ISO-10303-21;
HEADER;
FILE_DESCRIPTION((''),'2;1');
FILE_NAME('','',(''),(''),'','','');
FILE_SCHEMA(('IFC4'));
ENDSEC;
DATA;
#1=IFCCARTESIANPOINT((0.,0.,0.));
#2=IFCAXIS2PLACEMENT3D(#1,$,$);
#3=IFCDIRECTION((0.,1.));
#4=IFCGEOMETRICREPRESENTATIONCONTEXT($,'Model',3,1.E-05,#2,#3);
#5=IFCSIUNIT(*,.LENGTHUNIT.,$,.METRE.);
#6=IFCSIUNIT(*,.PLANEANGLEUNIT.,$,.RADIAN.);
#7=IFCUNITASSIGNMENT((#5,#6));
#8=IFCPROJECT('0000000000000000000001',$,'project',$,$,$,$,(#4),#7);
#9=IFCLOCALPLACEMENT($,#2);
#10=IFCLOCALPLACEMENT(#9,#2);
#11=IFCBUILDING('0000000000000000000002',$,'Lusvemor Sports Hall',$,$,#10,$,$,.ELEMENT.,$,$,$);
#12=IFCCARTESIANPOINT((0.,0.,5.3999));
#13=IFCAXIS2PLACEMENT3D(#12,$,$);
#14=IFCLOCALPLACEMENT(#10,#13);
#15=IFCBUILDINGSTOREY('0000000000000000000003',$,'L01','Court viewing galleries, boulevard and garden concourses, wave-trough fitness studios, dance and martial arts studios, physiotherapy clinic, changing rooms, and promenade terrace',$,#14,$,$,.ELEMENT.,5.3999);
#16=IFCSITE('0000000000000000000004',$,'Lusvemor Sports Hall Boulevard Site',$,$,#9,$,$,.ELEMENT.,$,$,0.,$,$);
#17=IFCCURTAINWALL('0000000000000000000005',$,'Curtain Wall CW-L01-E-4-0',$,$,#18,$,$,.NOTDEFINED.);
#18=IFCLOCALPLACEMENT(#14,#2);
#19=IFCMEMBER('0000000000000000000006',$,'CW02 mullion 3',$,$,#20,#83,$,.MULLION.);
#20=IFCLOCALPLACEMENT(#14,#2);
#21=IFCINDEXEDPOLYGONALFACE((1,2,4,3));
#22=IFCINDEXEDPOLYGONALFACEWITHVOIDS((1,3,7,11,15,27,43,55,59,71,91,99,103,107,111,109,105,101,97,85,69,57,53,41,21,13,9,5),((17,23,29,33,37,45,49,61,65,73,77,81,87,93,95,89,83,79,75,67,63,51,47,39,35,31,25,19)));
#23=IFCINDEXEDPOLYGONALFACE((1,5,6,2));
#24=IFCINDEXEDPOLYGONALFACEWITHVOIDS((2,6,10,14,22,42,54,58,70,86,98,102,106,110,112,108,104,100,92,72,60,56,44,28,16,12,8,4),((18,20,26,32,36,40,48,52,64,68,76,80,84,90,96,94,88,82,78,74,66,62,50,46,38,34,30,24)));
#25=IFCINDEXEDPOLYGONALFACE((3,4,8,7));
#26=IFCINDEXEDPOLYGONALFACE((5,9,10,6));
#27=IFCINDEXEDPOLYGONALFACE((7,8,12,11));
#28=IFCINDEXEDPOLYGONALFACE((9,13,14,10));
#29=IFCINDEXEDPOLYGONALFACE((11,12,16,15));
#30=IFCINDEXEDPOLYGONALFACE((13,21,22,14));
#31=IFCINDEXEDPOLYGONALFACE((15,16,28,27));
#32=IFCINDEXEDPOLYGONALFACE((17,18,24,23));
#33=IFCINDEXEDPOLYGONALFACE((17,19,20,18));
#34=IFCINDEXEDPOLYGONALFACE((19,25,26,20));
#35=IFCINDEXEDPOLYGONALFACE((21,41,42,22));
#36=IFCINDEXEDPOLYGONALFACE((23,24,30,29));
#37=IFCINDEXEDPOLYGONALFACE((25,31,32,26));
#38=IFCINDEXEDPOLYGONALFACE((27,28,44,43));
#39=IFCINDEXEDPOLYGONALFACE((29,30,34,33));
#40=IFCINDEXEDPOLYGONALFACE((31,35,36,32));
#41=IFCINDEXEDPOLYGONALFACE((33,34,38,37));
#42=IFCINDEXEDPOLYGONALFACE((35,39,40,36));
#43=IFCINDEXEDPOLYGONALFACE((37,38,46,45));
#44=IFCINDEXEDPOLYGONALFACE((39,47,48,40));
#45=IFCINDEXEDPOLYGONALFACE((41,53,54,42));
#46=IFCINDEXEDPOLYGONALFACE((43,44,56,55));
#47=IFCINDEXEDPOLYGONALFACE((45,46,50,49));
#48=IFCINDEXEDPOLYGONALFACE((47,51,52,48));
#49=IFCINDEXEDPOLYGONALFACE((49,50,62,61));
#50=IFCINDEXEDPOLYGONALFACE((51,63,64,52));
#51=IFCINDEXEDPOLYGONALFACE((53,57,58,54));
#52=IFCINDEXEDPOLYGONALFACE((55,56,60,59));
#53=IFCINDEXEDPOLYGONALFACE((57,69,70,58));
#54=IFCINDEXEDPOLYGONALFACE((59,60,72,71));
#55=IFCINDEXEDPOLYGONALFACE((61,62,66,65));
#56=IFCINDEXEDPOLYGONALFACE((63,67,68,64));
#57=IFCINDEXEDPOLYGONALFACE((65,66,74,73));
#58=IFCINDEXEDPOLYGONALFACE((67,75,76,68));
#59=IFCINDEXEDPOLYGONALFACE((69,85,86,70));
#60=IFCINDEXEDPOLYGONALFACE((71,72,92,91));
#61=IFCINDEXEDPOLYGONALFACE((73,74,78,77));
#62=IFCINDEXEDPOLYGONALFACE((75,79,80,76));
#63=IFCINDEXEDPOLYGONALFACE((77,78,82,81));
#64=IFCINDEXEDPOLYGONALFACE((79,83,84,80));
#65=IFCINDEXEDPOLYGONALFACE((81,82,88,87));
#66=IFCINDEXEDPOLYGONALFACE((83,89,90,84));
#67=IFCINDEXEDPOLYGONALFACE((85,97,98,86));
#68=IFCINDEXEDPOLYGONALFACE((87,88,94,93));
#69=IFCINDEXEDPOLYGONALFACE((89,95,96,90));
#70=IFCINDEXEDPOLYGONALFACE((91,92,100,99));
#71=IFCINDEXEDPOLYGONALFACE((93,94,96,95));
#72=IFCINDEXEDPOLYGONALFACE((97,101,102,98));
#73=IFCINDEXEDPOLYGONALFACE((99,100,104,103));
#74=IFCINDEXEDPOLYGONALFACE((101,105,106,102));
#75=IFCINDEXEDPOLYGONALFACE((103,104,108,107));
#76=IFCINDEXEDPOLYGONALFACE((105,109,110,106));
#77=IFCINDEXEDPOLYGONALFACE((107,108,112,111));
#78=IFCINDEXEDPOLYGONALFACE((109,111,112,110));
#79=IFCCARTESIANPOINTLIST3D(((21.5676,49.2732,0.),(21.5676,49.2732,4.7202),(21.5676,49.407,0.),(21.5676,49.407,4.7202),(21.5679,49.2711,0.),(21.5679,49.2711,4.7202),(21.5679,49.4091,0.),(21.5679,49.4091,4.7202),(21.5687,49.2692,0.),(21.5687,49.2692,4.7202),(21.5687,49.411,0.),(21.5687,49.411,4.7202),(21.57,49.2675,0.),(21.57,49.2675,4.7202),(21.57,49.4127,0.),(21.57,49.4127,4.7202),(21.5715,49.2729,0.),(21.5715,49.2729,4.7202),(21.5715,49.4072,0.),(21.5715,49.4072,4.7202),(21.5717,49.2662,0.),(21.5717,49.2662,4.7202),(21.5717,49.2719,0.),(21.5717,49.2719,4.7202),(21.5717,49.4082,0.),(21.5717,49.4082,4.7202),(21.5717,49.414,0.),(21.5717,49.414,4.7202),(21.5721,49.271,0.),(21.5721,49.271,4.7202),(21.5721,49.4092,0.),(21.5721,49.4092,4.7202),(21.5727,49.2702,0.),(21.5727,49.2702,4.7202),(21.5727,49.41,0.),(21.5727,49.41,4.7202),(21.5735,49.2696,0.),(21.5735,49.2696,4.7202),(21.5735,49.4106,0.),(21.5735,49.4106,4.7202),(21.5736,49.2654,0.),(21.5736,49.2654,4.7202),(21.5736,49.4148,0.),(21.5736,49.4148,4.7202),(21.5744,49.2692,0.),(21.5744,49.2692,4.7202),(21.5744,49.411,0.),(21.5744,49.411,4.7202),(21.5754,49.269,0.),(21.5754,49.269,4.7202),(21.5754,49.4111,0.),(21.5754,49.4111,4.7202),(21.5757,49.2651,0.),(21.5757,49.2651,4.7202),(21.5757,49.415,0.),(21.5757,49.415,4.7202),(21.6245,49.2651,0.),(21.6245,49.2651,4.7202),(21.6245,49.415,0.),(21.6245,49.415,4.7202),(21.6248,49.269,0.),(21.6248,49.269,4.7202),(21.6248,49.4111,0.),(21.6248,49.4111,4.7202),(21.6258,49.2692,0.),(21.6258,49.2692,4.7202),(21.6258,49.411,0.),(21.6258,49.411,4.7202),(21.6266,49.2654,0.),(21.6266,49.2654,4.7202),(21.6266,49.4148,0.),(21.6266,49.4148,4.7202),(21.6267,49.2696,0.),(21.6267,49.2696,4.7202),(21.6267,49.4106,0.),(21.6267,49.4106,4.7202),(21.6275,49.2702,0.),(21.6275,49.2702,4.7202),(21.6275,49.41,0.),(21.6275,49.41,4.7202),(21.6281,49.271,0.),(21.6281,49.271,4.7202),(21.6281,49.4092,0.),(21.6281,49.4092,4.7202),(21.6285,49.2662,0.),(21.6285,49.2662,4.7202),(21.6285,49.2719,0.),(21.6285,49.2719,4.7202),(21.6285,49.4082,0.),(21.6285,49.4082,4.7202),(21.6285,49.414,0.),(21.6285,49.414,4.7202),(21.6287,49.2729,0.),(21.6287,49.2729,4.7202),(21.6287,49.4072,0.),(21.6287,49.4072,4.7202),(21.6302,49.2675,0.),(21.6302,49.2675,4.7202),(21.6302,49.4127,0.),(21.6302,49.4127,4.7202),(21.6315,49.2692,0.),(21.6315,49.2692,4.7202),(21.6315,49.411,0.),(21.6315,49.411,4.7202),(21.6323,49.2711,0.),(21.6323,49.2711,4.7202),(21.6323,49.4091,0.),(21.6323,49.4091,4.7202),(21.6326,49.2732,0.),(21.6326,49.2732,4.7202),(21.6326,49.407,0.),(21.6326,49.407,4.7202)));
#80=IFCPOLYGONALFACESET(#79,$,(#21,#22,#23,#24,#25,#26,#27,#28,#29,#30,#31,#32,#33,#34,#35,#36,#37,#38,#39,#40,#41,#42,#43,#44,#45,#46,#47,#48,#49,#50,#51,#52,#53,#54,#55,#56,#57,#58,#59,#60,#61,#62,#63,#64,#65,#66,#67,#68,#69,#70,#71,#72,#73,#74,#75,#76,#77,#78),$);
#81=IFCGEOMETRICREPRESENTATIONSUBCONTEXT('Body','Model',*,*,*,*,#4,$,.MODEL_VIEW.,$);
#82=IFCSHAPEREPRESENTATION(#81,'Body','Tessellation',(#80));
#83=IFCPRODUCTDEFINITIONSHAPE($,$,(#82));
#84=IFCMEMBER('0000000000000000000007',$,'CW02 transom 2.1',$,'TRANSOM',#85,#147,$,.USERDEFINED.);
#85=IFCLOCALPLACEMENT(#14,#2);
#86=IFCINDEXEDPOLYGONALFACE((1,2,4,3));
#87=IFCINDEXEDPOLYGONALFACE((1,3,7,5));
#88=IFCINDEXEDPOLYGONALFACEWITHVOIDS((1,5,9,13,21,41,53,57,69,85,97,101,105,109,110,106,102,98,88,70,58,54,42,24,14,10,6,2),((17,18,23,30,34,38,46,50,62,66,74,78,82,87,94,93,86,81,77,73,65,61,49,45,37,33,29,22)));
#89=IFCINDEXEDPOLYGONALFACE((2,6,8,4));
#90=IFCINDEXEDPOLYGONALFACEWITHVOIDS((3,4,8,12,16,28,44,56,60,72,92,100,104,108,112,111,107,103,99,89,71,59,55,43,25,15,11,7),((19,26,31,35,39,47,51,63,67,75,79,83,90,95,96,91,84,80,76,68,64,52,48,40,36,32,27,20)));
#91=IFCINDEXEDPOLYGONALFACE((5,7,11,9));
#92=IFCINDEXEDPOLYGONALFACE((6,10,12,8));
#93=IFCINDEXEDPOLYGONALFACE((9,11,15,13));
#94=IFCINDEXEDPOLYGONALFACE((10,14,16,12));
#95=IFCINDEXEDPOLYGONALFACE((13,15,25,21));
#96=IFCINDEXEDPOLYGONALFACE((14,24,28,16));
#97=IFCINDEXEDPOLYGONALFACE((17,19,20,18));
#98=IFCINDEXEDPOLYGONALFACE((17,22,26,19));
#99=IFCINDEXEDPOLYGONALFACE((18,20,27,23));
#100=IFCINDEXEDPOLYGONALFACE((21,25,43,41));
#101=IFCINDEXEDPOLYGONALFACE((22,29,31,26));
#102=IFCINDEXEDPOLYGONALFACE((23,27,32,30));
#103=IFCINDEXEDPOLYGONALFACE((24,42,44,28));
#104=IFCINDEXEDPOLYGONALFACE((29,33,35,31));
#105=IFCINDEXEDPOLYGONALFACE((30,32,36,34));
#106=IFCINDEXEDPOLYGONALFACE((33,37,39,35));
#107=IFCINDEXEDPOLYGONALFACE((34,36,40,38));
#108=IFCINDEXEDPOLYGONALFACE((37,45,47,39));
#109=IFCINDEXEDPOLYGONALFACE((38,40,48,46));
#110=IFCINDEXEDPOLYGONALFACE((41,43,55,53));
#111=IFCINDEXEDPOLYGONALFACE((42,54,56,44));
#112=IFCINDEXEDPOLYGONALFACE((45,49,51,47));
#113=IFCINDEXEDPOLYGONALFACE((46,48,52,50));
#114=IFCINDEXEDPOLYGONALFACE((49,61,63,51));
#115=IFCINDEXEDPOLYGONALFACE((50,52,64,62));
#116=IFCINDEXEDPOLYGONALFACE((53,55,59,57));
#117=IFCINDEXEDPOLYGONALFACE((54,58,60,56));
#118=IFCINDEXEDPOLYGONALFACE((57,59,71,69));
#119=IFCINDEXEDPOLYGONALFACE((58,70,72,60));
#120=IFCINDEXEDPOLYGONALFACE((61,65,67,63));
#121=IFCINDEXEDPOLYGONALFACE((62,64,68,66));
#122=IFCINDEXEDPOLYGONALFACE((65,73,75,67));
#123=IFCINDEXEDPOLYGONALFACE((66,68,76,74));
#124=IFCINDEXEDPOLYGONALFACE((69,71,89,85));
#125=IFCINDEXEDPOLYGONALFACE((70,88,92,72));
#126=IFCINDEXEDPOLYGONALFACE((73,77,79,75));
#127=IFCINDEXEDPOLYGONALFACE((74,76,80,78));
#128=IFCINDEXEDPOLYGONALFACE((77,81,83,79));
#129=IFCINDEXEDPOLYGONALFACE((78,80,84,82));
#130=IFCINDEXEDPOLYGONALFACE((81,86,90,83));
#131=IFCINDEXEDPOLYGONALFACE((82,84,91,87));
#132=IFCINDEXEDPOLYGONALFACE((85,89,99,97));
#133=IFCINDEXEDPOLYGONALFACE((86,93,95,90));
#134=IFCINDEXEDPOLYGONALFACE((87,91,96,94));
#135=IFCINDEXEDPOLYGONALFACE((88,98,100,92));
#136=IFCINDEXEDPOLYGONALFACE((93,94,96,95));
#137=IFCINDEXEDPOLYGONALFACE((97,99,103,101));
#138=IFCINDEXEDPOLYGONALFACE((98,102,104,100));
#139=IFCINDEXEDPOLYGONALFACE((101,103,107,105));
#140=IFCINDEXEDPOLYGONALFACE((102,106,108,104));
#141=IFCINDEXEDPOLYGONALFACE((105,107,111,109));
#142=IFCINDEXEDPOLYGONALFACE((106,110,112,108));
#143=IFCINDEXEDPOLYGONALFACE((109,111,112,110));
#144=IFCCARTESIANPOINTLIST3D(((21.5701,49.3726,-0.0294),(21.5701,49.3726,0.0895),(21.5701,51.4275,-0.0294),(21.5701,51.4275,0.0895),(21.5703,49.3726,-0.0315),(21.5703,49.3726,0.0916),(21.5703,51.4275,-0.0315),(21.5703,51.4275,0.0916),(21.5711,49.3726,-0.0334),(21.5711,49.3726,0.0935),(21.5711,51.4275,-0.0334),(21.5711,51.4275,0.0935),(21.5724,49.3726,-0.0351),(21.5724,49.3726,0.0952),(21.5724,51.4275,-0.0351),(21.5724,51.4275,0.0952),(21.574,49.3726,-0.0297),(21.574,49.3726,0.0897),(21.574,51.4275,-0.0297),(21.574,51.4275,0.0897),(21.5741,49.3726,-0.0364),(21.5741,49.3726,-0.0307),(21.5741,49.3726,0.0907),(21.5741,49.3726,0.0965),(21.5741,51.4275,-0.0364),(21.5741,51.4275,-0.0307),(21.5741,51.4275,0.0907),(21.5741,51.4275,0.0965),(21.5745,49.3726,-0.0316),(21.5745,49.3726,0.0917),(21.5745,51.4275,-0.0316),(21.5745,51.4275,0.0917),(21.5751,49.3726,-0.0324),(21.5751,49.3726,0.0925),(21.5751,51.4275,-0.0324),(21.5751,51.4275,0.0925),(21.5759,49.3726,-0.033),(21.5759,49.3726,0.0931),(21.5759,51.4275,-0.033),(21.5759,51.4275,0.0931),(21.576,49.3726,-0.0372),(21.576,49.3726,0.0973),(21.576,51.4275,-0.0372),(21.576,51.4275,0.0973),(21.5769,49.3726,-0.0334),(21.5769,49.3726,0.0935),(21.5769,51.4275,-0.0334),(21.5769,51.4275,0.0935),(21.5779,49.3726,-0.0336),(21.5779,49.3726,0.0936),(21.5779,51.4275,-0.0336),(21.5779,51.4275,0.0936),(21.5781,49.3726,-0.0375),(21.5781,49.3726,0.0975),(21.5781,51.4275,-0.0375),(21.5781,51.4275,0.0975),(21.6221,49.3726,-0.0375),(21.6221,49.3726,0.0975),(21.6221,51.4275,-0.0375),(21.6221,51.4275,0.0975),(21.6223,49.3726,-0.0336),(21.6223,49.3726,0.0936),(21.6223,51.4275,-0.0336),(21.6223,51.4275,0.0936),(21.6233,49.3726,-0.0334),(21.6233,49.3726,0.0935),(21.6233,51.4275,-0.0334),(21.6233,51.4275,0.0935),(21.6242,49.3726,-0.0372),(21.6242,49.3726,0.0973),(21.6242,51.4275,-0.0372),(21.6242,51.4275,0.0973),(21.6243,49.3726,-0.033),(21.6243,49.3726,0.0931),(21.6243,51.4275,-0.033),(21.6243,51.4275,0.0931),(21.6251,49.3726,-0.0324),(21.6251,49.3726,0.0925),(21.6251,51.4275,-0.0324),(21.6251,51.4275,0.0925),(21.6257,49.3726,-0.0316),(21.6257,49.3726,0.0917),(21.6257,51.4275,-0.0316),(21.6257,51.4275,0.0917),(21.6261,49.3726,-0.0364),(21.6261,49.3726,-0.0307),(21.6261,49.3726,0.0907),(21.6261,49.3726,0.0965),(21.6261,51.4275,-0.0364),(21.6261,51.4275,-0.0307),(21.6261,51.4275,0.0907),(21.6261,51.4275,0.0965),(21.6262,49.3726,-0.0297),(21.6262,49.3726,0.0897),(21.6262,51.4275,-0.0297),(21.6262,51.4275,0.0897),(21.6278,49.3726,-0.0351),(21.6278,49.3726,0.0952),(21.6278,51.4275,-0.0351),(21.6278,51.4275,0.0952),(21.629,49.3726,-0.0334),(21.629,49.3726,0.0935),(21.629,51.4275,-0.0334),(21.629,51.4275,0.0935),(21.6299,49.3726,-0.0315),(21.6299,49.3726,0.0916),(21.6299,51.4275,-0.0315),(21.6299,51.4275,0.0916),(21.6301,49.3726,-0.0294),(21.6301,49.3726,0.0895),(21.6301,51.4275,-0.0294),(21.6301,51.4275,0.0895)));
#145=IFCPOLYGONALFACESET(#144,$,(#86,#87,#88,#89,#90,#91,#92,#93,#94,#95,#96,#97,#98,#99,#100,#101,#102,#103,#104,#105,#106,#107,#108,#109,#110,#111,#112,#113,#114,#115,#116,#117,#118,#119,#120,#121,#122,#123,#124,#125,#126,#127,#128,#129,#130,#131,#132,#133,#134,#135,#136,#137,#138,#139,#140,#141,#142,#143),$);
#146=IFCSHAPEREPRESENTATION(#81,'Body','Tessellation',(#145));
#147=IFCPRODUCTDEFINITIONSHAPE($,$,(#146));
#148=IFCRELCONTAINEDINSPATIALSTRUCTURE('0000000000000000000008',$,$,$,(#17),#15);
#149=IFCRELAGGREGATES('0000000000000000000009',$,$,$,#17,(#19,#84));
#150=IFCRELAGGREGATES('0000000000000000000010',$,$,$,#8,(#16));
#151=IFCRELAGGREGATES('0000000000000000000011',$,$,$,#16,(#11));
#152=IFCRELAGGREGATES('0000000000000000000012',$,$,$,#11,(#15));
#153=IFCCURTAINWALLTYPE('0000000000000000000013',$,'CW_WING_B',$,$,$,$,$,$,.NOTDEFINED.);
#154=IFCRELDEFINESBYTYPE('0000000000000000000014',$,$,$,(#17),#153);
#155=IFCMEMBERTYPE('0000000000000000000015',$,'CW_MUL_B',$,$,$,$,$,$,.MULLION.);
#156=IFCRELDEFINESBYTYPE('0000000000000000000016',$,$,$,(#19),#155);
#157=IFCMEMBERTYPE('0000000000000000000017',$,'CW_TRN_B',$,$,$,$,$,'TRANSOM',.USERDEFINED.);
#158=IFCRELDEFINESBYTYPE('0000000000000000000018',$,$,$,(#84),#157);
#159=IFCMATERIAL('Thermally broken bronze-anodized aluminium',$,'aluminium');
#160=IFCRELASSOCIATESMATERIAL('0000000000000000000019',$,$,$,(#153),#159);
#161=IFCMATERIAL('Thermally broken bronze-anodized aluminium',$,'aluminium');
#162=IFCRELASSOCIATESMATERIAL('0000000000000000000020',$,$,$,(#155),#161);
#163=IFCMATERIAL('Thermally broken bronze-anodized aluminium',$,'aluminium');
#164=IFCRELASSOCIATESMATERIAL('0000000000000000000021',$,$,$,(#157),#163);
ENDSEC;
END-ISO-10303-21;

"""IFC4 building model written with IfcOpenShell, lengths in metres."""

from ifc_helpers import new_model, si_unit, direction, frame, origin, origin_2d, place, context, subcontext, project, spatial, hollow_rectangle, extrude, material, material_profile, profile_set, type_object, element, aggregate, save


model = new_model("IFC4")

# Units and contexts
model_context = context("Model", 3, precision=1e-05, world=origin(), true_north=direction((0.0, 1.0)))
body_context = subcontext(model_context, "Body", "Model", "MODEL_VIEW")
ifc_project = project(units=[si_unit("LENGTHUNIT", "METRE"), si_unit("PLANEANGLEUNIT", "RADIAN")], contexts=[model_context])

# Site, building, storey
site_placement = place(None, origin())
site = spatial("IfcSite", under=ifc_project, at=site_placement, Name="Lusvemor Sports Hall Boulevard Site", CompositionType="ELEMENT", RefElevation=0.0)
building_placement = place(site_placement, origin())
building = spatial("IfcBuilding", under=site, at=building_placement, Name="Lusvemor Sports Hall", CompositionType="ELEMENT")
storey_placement = place(building_placement, frame((0.0, 0.0, 5.3999)))
storey = spatial("IfcBuildingStorey", under=building, at=storey_placement, Name="L01", Description="Court viewing galleries, boulevard and garden concourses, wave-trough fitness studios, dance and martial arts studios, physiotherapy clinic, changing rooms, and promenade terrace", CompositionType="ELEMENT", Elevation=5.3999)

# Shared definitions
ifc_material_1 = material(Name="Thermally broken bronze-anodized aluminium", Category="aluminium")
curtain_wall_type = type_object("IfcCurtainWallType", Name="CW_WING_B", PredefinedType="NOTDEFINED", material=ifc_material_1)
ifc_material_2 = material(Name="Thermally broken bronze-anodized aluminium", Category="aluminium")
ifc_material_profile_1 = material_profile(ifc_material_2, hollow_rectangle(XDim=0.0649, YDim=0.1499, WallThickness=0.0039, InnerFilletRadius=0.0039, OuterFilletRadius=0.0081, at=origin_2d()), Name="CWMUL150x65x4")
ifc_profile_set_1 = profile_set([ifc_material_profile_1], Name="Thermally broken bronze-anodized aluminium")
member_type_1 = type_object("IfcMemberType", Name="CW_MUL_B", PredefinedType="MULLION", material=ifc_profile_set_1)

# Curtain wall, members
curtain_wall_1_placement = place(storey_placement, origin())
curtain_wall_1 = element("IfcCurtainWall", 1, at=curtain_wall_1_placement, inside=storey, type_object=curtain_wall_type, Name="Curtain Wall CW-L01-E-4-0", PredefinedType="NOTDEFINED")
member_1_placement = place(storey_placement, frame((21.6001, 49.3401, 0.0), z_axis=(0.0, 0.0, 1.0), x_axis=(1.0, 0.0, 0.0)))
member_1 = element("IfcMember", 2, at=member_1_placement, type_object=member_type_1, Name="CW02 mullion 3", PredefinedType="MULLION", context=body_context, shape_type="SweptSolid", body=[
    extrude(hollow_rectangle(XDim=0.0649, YDim=0.1499, WallThickness=0.0039, InnerFilletRadius=0.0039, OuterFilletRadius=0.0081, at=origin_2d()), origin(), (0.0, 0.0, 1.0), 4.7202),
])
ifc_material_3 = material(Name="Thermally broken bronze-anodized aluminium", Category="aluminium")
ifc_material_profile_2 = material_profile(ifc_material_3, hollow_rectangle(XDim=0.0601, YDim=0.135, WallThickness=0.0039, InnerFilletRadius=0.0039, OuterFilletRadius=0.0081, at=origin_2d()), Name="CWTRN135x60x4")
ifc_profile_set_2 = profile_set([ifc_material_profile_2], Name="Thermally broken bronze-anodized aluminium")
member_type_2 = type_object("IfcMemberType", Name="CW_TRN_B", ElementType="TRANSOM", PredefinedType="USERDEFINED", material=ifc_profile_set_2)
member_2_placement = place(storey_placement, frame((21.6001, 51.4275, 0.03), z_axis=(0.0, -1.0, 0.0), x_axis=(1.0, 0.0, 0.0)))
member_2 = element("IfcMember", 3, at=member_2_placement, type_object=member_type_2, Name="CW02 transom 2.1", ObjectType="TRANSOM", PredefinedType="USERDEFINED", context=body_context, shape_type="SweptSolid", body=[
    extrude(hollow_rectangle(XDim=0.0601, YDim=0.135, WallThickness=0.0039, InnerFilletRadius=0.0039, OuterFilletRadius=0.0081, at=origin_2d()), origin(), (0.0, 0.0, 1.0), 2.0549),
])

aggregate(curtain_wall_1, [member_1, member_2])

save(model, "model.ifc")
